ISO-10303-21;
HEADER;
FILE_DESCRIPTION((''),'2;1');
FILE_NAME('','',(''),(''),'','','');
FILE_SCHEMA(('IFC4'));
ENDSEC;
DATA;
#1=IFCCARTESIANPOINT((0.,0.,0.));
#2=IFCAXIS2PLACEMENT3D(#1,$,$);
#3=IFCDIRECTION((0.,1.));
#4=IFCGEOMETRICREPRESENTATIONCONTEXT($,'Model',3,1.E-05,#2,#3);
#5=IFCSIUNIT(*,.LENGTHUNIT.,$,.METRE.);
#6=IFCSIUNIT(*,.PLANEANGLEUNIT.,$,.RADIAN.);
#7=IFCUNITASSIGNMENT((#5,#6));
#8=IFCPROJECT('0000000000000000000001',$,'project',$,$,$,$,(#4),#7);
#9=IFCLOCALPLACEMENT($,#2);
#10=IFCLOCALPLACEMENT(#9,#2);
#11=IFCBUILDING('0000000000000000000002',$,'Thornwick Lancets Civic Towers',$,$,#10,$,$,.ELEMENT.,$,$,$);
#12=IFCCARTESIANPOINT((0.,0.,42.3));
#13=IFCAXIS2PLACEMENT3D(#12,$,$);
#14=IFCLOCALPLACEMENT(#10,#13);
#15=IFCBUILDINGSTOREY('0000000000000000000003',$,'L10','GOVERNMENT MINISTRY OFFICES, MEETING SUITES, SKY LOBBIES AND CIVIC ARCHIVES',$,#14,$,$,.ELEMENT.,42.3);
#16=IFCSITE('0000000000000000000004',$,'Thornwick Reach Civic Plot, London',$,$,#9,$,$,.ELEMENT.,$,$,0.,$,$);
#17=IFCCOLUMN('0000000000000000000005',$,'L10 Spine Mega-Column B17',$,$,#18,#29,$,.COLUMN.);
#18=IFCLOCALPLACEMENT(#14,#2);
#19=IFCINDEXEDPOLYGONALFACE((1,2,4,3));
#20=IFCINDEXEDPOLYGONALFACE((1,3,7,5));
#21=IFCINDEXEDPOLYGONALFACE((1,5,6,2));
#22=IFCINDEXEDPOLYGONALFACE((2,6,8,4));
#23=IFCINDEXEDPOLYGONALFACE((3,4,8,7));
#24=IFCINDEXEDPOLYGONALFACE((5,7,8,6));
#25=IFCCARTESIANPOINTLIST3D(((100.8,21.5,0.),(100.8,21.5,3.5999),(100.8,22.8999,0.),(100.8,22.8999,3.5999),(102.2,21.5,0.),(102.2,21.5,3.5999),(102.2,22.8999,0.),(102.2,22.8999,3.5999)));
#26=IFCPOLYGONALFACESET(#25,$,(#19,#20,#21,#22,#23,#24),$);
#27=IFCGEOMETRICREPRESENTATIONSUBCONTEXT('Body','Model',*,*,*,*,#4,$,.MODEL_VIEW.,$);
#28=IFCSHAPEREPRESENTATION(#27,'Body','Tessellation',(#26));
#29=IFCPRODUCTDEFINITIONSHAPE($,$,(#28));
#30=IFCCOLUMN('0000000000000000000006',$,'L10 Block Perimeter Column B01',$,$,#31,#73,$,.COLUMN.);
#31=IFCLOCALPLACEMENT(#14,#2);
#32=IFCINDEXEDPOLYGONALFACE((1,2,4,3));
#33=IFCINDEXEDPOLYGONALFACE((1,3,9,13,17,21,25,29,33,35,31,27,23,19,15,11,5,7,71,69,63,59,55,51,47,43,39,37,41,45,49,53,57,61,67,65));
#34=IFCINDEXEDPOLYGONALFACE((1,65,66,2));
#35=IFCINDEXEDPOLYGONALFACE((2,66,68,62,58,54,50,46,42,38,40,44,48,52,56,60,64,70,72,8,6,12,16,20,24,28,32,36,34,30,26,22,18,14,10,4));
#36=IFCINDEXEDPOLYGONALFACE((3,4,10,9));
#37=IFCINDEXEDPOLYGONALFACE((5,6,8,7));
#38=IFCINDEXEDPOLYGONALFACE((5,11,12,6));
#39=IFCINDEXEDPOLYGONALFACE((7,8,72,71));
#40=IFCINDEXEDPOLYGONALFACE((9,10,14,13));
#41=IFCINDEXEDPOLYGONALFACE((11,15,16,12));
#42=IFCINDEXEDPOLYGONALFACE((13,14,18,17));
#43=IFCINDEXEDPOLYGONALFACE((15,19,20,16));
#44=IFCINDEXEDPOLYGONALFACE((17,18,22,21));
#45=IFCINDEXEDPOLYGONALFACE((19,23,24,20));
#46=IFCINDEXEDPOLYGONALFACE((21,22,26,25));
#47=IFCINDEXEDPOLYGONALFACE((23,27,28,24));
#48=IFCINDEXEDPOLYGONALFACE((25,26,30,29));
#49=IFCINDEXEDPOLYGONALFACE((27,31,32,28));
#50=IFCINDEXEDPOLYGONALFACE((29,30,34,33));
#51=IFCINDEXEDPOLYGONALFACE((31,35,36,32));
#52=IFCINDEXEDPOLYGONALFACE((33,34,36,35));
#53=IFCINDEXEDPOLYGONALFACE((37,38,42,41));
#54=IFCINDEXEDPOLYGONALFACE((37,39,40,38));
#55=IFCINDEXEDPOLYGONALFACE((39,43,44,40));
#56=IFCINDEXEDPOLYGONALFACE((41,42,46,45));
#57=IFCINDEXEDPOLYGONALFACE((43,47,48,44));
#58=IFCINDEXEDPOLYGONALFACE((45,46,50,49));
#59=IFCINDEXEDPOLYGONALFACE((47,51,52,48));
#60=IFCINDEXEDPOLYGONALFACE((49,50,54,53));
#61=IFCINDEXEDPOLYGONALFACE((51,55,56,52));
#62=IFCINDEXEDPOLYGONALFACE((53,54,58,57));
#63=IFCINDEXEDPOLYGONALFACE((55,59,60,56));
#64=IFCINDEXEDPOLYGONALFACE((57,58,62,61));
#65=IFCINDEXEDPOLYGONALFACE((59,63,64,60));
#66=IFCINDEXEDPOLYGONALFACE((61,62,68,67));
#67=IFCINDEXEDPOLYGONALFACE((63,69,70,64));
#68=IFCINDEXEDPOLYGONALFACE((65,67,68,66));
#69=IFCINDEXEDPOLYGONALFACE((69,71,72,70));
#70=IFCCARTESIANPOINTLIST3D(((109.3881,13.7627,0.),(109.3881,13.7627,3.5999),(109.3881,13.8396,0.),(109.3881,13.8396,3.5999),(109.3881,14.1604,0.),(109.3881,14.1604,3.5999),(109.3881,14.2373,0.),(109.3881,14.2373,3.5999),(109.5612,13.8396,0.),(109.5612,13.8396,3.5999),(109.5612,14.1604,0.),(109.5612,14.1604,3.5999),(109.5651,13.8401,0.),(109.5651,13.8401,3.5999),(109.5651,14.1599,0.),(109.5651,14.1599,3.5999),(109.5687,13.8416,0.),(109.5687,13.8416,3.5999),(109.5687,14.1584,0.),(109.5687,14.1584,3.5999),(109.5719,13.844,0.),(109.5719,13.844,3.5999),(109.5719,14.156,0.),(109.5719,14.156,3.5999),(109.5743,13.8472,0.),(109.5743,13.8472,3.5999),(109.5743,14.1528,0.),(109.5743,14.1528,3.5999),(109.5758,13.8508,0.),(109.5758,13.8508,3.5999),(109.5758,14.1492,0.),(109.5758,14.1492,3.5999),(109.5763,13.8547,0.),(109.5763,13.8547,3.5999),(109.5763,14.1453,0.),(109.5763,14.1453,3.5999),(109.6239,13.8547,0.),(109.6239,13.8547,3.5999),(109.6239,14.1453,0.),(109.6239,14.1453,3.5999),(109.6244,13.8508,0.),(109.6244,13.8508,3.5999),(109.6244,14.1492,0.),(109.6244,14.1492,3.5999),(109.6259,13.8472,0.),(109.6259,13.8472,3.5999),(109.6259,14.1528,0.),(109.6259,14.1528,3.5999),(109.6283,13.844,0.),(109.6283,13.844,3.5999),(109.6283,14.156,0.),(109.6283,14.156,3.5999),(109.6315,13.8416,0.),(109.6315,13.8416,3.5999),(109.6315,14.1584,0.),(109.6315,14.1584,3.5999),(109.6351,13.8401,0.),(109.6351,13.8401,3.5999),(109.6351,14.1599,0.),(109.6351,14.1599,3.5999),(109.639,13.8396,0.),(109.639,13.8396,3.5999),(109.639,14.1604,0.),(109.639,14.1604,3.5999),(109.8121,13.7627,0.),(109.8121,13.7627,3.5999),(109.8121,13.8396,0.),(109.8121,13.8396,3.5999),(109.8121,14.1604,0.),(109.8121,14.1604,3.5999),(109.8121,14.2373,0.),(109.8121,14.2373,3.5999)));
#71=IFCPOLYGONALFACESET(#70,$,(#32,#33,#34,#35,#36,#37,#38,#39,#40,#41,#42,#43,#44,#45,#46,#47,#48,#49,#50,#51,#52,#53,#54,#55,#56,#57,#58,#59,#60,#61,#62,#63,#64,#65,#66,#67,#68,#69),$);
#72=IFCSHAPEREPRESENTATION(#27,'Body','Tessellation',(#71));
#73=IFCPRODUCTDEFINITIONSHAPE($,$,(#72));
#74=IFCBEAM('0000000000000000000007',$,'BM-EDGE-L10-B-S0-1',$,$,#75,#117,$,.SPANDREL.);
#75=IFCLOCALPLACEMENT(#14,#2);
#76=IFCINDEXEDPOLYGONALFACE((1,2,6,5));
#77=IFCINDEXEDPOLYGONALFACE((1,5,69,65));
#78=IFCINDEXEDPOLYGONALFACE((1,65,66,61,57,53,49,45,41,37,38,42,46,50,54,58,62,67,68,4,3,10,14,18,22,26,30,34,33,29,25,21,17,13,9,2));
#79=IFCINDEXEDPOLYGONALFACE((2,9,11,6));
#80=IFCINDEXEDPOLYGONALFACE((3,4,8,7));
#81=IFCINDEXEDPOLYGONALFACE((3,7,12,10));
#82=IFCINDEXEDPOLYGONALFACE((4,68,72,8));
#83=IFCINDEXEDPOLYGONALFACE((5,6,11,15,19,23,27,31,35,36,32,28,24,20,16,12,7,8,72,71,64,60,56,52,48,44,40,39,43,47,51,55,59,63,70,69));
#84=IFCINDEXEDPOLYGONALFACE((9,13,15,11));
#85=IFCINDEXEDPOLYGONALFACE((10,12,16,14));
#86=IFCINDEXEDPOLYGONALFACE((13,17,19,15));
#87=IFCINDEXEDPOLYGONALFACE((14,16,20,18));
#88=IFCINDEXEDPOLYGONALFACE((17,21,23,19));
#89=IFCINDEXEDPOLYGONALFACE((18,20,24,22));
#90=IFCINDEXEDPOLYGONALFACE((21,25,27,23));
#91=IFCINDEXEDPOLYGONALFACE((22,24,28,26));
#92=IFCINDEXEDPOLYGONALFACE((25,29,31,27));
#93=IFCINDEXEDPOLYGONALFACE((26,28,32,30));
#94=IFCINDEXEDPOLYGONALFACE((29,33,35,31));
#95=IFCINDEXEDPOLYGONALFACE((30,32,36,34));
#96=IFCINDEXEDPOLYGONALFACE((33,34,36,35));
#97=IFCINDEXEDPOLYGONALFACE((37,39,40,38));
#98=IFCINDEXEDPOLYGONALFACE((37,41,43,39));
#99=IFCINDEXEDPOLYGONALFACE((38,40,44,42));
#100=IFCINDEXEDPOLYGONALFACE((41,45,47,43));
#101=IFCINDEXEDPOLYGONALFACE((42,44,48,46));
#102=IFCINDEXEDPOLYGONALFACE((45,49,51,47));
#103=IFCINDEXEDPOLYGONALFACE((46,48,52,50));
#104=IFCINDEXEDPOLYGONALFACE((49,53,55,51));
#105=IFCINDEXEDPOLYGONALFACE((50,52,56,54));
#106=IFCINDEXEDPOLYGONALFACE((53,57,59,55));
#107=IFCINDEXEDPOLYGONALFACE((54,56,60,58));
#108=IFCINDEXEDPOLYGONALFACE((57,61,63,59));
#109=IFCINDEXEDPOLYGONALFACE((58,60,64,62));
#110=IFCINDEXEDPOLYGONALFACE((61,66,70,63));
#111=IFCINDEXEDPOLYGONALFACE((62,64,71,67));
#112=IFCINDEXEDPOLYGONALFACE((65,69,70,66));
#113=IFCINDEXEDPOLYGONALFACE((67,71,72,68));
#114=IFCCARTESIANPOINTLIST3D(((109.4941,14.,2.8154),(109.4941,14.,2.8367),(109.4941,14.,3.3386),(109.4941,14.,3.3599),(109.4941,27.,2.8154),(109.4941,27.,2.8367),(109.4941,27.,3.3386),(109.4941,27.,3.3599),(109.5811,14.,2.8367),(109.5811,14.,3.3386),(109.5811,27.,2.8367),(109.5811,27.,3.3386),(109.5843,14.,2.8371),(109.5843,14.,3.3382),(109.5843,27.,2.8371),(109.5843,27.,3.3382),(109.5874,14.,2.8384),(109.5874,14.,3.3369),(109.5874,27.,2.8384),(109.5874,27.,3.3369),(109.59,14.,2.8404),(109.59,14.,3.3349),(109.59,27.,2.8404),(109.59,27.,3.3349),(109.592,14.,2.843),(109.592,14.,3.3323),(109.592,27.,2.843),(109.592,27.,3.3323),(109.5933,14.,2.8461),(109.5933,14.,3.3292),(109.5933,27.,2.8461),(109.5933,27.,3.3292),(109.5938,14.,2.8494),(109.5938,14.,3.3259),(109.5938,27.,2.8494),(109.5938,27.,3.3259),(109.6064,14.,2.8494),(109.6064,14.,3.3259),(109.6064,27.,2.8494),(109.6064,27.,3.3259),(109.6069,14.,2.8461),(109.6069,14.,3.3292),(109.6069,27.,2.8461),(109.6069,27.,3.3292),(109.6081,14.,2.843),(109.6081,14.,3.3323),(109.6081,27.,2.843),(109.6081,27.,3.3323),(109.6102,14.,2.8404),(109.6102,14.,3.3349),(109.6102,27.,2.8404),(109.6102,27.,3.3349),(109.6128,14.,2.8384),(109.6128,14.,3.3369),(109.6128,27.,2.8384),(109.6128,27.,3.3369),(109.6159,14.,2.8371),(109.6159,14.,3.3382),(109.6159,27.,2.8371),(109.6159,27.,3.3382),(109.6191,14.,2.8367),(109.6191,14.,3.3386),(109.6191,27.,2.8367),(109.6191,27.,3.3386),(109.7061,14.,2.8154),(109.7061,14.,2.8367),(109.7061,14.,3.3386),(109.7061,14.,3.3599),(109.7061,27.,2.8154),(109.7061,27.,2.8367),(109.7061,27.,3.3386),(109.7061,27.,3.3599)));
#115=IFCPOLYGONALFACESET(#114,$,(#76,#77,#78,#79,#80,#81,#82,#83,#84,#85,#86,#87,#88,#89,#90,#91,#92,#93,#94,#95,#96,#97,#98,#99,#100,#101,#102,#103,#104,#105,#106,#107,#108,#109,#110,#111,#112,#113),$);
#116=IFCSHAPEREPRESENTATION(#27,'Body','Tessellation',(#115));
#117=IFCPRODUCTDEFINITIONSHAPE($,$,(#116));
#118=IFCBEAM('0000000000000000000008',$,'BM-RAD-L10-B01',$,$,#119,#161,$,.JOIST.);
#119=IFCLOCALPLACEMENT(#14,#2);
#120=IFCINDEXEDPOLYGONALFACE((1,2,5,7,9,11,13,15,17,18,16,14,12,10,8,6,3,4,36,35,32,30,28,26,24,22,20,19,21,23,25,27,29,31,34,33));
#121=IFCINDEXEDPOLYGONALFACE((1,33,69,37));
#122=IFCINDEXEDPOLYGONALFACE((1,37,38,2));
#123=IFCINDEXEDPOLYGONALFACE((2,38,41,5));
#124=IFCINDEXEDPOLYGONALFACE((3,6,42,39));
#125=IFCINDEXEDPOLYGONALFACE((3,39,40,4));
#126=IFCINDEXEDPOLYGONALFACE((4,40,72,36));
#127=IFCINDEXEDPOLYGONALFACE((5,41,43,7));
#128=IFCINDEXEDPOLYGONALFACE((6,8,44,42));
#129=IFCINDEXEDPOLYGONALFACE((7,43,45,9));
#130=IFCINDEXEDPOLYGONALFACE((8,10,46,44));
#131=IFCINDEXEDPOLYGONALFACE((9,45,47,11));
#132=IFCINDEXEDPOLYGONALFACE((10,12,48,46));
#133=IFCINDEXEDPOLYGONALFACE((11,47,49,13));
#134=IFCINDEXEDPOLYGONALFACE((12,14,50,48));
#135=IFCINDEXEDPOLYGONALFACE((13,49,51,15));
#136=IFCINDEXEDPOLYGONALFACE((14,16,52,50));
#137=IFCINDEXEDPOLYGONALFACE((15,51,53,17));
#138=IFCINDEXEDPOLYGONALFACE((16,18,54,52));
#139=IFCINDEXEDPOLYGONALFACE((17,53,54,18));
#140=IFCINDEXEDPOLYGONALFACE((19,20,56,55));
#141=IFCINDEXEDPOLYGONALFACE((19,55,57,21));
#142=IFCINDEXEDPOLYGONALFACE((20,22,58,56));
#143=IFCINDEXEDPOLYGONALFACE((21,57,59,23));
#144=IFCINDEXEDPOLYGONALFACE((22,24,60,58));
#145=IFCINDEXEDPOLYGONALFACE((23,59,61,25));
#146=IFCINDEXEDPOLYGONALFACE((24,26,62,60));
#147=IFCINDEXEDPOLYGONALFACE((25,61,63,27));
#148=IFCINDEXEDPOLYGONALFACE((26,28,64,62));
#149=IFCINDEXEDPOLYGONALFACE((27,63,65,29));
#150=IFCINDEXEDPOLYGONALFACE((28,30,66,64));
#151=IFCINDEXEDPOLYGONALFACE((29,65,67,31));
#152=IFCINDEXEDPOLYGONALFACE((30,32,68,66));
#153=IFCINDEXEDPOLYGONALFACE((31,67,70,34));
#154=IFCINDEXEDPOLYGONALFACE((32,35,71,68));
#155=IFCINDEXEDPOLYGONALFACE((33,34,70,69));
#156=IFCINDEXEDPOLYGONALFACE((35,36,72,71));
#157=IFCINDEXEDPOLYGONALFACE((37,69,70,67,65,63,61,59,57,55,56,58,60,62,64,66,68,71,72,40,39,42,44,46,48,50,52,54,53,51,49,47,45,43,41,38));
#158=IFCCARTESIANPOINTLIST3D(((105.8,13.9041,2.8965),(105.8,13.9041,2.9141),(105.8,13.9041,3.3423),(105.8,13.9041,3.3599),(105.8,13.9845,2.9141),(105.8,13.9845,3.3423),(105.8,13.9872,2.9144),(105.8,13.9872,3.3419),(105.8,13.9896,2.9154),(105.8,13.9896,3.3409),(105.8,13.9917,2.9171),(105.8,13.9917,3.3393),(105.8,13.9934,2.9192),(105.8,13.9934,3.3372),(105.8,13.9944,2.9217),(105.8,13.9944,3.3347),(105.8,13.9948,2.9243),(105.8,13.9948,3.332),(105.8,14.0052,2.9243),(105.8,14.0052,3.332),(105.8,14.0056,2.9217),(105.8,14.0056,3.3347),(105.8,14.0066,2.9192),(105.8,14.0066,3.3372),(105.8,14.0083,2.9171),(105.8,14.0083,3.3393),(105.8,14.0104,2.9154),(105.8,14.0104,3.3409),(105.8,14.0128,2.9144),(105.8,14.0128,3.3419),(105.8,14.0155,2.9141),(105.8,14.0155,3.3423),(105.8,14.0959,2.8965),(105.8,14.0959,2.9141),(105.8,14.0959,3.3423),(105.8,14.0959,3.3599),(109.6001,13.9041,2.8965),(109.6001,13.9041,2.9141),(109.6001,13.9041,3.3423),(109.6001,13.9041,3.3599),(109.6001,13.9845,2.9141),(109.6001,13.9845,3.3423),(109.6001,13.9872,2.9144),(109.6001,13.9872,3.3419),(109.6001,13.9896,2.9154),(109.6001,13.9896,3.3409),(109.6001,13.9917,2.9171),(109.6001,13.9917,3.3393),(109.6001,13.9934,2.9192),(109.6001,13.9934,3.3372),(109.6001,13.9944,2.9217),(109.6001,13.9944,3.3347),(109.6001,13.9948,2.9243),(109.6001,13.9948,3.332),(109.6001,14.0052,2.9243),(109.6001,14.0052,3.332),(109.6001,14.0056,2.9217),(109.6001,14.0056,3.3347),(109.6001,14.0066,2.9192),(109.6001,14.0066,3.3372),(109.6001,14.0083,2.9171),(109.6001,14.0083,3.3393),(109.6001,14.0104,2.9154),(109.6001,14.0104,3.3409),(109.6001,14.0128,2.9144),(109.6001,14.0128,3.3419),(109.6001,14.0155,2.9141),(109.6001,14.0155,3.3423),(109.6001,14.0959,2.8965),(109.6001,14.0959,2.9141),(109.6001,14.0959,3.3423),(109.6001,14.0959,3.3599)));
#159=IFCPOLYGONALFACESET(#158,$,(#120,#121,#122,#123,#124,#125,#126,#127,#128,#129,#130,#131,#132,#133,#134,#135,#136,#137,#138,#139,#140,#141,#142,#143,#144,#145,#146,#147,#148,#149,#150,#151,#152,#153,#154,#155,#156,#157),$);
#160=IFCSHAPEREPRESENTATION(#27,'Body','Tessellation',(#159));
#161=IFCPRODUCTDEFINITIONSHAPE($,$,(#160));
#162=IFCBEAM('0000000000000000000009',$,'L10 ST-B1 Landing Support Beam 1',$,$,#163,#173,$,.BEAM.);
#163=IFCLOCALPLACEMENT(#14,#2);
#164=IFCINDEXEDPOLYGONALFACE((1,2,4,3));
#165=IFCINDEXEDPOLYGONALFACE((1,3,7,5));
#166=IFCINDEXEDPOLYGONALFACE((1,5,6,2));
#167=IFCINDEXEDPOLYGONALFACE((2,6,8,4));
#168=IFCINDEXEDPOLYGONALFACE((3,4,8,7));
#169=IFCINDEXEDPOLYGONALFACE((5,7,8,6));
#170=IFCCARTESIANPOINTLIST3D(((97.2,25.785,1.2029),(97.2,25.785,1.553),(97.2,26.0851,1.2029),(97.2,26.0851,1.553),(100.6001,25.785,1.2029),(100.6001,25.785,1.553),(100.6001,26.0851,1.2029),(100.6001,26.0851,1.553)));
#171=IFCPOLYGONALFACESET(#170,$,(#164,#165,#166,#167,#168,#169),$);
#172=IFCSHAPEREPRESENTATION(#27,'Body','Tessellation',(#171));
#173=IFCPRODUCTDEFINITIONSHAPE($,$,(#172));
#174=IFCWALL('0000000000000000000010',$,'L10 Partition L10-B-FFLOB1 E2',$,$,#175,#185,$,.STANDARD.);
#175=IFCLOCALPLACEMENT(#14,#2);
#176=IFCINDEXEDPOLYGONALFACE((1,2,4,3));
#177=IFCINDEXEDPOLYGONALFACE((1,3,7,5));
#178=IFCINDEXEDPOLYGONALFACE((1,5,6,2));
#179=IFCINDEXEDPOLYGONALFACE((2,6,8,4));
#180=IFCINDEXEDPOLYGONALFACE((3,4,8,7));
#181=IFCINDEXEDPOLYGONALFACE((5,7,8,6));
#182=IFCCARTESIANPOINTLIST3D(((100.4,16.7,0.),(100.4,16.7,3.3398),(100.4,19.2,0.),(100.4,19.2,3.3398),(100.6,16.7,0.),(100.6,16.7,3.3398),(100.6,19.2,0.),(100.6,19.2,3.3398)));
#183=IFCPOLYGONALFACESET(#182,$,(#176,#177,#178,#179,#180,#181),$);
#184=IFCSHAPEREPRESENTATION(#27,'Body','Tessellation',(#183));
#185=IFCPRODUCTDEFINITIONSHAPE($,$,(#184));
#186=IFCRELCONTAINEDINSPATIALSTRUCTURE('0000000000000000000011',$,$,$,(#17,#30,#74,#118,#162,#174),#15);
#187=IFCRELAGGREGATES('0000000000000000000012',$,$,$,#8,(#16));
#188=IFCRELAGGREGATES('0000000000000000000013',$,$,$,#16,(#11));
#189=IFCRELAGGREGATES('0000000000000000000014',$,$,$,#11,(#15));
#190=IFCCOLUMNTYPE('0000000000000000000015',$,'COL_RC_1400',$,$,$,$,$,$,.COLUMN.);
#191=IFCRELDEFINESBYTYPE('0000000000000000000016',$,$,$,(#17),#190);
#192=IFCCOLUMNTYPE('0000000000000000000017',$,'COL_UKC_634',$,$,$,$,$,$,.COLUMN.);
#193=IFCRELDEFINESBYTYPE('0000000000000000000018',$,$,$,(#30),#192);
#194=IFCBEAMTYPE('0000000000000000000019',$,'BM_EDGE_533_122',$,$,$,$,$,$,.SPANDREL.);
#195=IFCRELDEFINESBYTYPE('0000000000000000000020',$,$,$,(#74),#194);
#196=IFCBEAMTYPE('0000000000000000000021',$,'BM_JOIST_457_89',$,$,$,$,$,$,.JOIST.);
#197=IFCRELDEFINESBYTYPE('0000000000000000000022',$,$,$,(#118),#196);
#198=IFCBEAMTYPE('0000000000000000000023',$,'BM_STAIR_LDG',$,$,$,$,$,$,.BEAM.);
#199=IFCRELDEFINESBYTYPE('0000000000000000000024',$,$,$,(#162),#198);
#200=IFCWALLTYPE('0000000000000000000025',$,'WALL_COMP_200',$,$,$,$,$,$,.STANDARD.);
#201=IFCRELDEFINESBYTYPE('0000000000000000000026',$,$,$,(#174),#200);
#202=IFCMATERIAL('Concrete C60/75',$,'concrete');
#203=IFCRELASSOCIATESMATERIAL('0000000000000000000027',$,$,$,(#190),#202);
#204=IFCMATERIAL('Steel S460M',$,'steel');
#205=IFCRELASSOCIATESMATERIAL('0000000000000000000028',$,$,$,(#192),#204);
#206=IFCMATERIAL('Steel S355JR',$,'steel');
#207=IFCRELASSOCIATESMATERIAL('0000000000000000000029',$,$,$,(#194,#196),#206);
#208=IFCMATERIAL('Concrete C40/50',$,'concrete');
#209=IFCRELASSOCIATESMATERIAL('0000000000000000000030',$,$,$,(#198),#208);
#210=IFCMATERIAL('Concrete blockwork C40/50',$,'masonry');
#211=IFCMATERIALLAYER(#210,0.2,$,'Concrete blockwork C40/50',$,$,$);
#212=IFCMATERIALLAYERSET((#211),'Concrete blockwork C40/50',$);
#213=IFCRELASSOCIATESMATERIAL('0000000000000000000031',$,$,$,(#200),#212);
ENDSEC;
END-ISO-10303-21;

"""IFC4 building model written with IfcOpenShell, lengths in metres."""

from ifc_helpers import new_model, si_unit, direction, frame, frame_2d, origin, origin_2d, place, context, subcontext, project, spatial, rectangle, i_section, extrude, material, layer, layer_set, material_profile, profile_set, type_object, element, save


model = new_model("IFC4")

# Units and contexts
model_context = context("Model", 3, precision=1e-05, world=origin(), true_north=direction((0.0, 1.0)))
body_context = subcontext(model_context, "Body", "Model", "MODEL_VIEW")
ifc_project = project(units=[si_unit("LENGTHUNIT", "METRE"), si_unit("PLANEANGLEUNIT", "RADIAN")], contexts=[model_context])

# Site, building, storey
site_placement = place(None, origin())
site = spatial("IfcSite", under=ifc_project, at=site_placement, Name="Thornwick Reach Civic Plot, London", CompositionType="ELEMENT", RefElevation=0.0)
building_placement = place(site_placement, origin())
building = spatial("IfcBuilding", under=site, at=building_placement, Name="Thornwick Lancets Civic Towers", CompositionType="ELEMENT")
storey_placement = place(building_placement, frame((0.0, 0.0, 42.3)))
storey = spatial("IfcBuildingStorey", under=building, at=storey_placement, Name="L10", Description="GOVERNMENT MINISTRY OFFICES, MEETING SUITES, SKY LOBBIES AND CIVIC ARCHIVES", CompositionType="ELEMENT", Elevation=42.3)

# Columns
ifc_material_1 = material(Name="Concrete C60/75", Category="concrete")
ifc_material_profile_1 = material_profile(ifc_material_1, rectangle(XDim=1.3999, YDim=1.3999, at=origin_2d()), Name="RC 1400x1400")
ifc_profile_set_1 = profile_set([ifc_material_profile_1], Name="Concrete C60/75")
column_type_1 = type_object("IfcColumnType", Name="COL_RC_1400", PredefinedType="COLUMN", material=ifc_profile_set_1)
column_1_placement = place(storey_placement, frame((101.5, 22.2, 0.0), z_axis=(0.0, 0.0, 1.0), x_axis=(1.0, 0.0, 0.0)))
element("IfcColumn", 1, at=column_1_placement, inside=storey, type_object=column_type_1, Name="L10 Spine Mega-Column B17", PredefinedType="COLUMN", context=body_context, shape_type="SweptSolid", body=[
    extrude(rectangle(XDim=1.3999, YDim=1.3999, at=origin_2d()), origin(), (0.0, 0.0, 1.0), 3.5999),
])
ifc_material_2 = material(Name="Steel S460M", Category="steel")
ifc_material_profile_2 = material_profile(ifc_material_2, i_section(OverallWidth=0.4241, OverallDepth=0.4746, WebThickness=0.0476, FlangeThickness=0.0769, FilletRadius=0.0151, at=origin_2d()), Name="UKC 356x406x634")
ifc_profile_set_2 = profile_set([ifc_material_profile_2], Name="Steel S460M")
column_type_2 = type_object("IfcColumnType", Name="COL_UKC_634", PredefinedType="COLUMN", material=ifc_profile_set_2)
column_2_placement = place(storey_placement, frame((109.6001, 14.0, 0.0), z_axis=(0.0, 0.0, 1.0), x_axis=(1.0, 0.0, 0.0)))
element("IfcColumn", 2, at=column_2_placement, inside=storey, type_object=column_type_2, Name="L10 Block Perimeter Column B01", PredefinedType="COLUMN", context=body_context, shape_type="SweptSolid", body=[
    extrude(i_section(OverallWidth=0.4241, OverallDepth=0.4746, WebThickness=0.0476, FlangeThickness=0.0769, FilletRadius=0.0151, at=origin_2d()), origin(), (0.0, 0.0, 1.0), 3.5999),
])

# Beams
ifc_material_3 = material(Name="Steel S355JR", Category="steel")
ifc_material_profile_3 = material_profile(ifc_material_3, i_section(OverallWidth=0.2119, OverallDepth=0.5444, WebThickness=0.0127, FlangeThickness=0.0212, FilletRadius=0.0127, at=origin_2d()), Name="UKB 533x210x122")
ifc_profile_set_3 = profile_set([ifc_material_profile_3], Name="Steel S355JR")
beam_type_1 = type_object("IfcBeamType", Name="BM_EDGE_533_122", PredefinedType="SPANDREL", material=ifc_profile_set_3)
beam_1_placement = place(storey_placement, frame((109.6001, 14.0, 3.0876), z_axis=(0.0, 1.0, 0.0), x_axis=(-1.0, 0.0, 0.0)))
element("IfcBeam", 3, at=beam_1_placement, inside=storey, type_object=beam_type_1, Name="BM-EDGE-L10-B-S0-1", PredefinedType="SPANDREL", context=body_context, shape_type="SweptSolid", body=[
    extrude(i_section(OverallWidth=0.2119, OverallDepth=0.5444, WebThickness=0.0127, FlangeThickness=0.0212, FilletRadius=0.0127, at=origin_2d()), origin(), (0.0, 0.0, 1.0), 13.0),
])
ifc_material_profile_4 = material_profile(ifc_material_3, i_section(OverallWidth=0.1919, OverallDepth=0.4634, WebThickness=0.0105, FlangeThickness=0.0176, FilletRadius=0.0103, at=origin_2d()), Name="UKB 457x191x89")
ifc_profile_set_4 = profile_set([ifc_material_profile_4], Name="Steel S355JR")
beam_type_2 = type_object("IfcBeamType", Name="BM_JOIST_457_89", PredefinedType="JOIST", material=ifc_profile_set_4)
beam_2_placement = place(storey_placement, frame((105.8, 14.0, 3.1282), z_axis=(1.0, 0.0, 0.0), x_axis=(0.0, 1.0, 0.0)))
element("IfcBeam", 4, at=beam_2_placement, inside=storey, type_object=beam_type_2, Name="BM-RAD-L10-B01", PredefinedType="JOIST", context=body_context, shape_type="SweptSolid", body=[
    extrude(i_section(OverallWidth=0.1919, OverallDepth=0.4634, WebThickness=0.0105, FlangeThickness=0.0176, FilletRadius=0.0103, at=origin_2d()), origin(), (0.0, 0.0, 1.0), 3.8),
])
ifc_material_4 = material(Name="Concrete C40/50", Category="concrete")
ifc_material_profile_5 = material_profile(ifc_material_4, rectangle(XDim=0.3, YDim=0.3501, at=origin_2d()), Name="RC 300x350")
ifc_profile_set_5 = profile_set([ifc_material_profile_5], Name="Concrete C40/50")
beam_type_3 = type_object("IfcBeamType", Name="BM_STAIR_LDG", PredefinedType="BEAM", material=ifc_profile_set_5)
beam_3_placement = place(storey_placement, frame((100.6001, 25.9351, 1.3779), z_axis=(-1.0, 0.0, 0.0), x_axis=(0.0, -1.0, 0.0)))
element("IfcBeam", 5, at=beam_3_placement, inside=storey, type_object=beam_type_3, Name="L10 ST-B1 Landing Support Beam 1", PredefinedType="BEAM", context=body_context, shape_type="SweptSolid", body=[
    extrude(rectangle(XDim=0.3, YDim=0.3501, at=origin_2d()), origin(), (0.0, 0.0, 1.0), 3.4001),
])

# Wall
ifc_material_5 = material(Name="Concrete blockwork C40/50", Category="masonry")
ifc_layer_1 = layer(ifc_material_5, 0.2, Name="Concrete blockwork C40/50")
ifc_layer_set_1 = layer_set([ifc_layer_1], Name="Concrete blockwork C40/50")
wall_type_1 = type_object("IfcWallType", Name="WALL_COMP_200", PredefinedType="STANDARD", material=ifc_layer_set_1)
wall_1_placement = place(storey_placement, frame((100.5, 16.7, 0.0), z_axis=(0.0, 0.0, 1.0), x_axis=(0.0, 1.0, 0.0)))
element("IfcWall", 6, at=wall_1_placement, inside=storey, type_object=wall_type_1, Name="L10 Partition L10-B-FFLOB1 E2", PredefinedType="STANDARD", context=body_context, shape_type="SweptSolid", body=[
    extrude(rectangle(XDim=2.5, YDim=0.2, at=frame_2d((1.25, 0.0))), origin(), (0.0, 0.0, 1.0), 3.3398),
])

save(model, "model.ifc")
